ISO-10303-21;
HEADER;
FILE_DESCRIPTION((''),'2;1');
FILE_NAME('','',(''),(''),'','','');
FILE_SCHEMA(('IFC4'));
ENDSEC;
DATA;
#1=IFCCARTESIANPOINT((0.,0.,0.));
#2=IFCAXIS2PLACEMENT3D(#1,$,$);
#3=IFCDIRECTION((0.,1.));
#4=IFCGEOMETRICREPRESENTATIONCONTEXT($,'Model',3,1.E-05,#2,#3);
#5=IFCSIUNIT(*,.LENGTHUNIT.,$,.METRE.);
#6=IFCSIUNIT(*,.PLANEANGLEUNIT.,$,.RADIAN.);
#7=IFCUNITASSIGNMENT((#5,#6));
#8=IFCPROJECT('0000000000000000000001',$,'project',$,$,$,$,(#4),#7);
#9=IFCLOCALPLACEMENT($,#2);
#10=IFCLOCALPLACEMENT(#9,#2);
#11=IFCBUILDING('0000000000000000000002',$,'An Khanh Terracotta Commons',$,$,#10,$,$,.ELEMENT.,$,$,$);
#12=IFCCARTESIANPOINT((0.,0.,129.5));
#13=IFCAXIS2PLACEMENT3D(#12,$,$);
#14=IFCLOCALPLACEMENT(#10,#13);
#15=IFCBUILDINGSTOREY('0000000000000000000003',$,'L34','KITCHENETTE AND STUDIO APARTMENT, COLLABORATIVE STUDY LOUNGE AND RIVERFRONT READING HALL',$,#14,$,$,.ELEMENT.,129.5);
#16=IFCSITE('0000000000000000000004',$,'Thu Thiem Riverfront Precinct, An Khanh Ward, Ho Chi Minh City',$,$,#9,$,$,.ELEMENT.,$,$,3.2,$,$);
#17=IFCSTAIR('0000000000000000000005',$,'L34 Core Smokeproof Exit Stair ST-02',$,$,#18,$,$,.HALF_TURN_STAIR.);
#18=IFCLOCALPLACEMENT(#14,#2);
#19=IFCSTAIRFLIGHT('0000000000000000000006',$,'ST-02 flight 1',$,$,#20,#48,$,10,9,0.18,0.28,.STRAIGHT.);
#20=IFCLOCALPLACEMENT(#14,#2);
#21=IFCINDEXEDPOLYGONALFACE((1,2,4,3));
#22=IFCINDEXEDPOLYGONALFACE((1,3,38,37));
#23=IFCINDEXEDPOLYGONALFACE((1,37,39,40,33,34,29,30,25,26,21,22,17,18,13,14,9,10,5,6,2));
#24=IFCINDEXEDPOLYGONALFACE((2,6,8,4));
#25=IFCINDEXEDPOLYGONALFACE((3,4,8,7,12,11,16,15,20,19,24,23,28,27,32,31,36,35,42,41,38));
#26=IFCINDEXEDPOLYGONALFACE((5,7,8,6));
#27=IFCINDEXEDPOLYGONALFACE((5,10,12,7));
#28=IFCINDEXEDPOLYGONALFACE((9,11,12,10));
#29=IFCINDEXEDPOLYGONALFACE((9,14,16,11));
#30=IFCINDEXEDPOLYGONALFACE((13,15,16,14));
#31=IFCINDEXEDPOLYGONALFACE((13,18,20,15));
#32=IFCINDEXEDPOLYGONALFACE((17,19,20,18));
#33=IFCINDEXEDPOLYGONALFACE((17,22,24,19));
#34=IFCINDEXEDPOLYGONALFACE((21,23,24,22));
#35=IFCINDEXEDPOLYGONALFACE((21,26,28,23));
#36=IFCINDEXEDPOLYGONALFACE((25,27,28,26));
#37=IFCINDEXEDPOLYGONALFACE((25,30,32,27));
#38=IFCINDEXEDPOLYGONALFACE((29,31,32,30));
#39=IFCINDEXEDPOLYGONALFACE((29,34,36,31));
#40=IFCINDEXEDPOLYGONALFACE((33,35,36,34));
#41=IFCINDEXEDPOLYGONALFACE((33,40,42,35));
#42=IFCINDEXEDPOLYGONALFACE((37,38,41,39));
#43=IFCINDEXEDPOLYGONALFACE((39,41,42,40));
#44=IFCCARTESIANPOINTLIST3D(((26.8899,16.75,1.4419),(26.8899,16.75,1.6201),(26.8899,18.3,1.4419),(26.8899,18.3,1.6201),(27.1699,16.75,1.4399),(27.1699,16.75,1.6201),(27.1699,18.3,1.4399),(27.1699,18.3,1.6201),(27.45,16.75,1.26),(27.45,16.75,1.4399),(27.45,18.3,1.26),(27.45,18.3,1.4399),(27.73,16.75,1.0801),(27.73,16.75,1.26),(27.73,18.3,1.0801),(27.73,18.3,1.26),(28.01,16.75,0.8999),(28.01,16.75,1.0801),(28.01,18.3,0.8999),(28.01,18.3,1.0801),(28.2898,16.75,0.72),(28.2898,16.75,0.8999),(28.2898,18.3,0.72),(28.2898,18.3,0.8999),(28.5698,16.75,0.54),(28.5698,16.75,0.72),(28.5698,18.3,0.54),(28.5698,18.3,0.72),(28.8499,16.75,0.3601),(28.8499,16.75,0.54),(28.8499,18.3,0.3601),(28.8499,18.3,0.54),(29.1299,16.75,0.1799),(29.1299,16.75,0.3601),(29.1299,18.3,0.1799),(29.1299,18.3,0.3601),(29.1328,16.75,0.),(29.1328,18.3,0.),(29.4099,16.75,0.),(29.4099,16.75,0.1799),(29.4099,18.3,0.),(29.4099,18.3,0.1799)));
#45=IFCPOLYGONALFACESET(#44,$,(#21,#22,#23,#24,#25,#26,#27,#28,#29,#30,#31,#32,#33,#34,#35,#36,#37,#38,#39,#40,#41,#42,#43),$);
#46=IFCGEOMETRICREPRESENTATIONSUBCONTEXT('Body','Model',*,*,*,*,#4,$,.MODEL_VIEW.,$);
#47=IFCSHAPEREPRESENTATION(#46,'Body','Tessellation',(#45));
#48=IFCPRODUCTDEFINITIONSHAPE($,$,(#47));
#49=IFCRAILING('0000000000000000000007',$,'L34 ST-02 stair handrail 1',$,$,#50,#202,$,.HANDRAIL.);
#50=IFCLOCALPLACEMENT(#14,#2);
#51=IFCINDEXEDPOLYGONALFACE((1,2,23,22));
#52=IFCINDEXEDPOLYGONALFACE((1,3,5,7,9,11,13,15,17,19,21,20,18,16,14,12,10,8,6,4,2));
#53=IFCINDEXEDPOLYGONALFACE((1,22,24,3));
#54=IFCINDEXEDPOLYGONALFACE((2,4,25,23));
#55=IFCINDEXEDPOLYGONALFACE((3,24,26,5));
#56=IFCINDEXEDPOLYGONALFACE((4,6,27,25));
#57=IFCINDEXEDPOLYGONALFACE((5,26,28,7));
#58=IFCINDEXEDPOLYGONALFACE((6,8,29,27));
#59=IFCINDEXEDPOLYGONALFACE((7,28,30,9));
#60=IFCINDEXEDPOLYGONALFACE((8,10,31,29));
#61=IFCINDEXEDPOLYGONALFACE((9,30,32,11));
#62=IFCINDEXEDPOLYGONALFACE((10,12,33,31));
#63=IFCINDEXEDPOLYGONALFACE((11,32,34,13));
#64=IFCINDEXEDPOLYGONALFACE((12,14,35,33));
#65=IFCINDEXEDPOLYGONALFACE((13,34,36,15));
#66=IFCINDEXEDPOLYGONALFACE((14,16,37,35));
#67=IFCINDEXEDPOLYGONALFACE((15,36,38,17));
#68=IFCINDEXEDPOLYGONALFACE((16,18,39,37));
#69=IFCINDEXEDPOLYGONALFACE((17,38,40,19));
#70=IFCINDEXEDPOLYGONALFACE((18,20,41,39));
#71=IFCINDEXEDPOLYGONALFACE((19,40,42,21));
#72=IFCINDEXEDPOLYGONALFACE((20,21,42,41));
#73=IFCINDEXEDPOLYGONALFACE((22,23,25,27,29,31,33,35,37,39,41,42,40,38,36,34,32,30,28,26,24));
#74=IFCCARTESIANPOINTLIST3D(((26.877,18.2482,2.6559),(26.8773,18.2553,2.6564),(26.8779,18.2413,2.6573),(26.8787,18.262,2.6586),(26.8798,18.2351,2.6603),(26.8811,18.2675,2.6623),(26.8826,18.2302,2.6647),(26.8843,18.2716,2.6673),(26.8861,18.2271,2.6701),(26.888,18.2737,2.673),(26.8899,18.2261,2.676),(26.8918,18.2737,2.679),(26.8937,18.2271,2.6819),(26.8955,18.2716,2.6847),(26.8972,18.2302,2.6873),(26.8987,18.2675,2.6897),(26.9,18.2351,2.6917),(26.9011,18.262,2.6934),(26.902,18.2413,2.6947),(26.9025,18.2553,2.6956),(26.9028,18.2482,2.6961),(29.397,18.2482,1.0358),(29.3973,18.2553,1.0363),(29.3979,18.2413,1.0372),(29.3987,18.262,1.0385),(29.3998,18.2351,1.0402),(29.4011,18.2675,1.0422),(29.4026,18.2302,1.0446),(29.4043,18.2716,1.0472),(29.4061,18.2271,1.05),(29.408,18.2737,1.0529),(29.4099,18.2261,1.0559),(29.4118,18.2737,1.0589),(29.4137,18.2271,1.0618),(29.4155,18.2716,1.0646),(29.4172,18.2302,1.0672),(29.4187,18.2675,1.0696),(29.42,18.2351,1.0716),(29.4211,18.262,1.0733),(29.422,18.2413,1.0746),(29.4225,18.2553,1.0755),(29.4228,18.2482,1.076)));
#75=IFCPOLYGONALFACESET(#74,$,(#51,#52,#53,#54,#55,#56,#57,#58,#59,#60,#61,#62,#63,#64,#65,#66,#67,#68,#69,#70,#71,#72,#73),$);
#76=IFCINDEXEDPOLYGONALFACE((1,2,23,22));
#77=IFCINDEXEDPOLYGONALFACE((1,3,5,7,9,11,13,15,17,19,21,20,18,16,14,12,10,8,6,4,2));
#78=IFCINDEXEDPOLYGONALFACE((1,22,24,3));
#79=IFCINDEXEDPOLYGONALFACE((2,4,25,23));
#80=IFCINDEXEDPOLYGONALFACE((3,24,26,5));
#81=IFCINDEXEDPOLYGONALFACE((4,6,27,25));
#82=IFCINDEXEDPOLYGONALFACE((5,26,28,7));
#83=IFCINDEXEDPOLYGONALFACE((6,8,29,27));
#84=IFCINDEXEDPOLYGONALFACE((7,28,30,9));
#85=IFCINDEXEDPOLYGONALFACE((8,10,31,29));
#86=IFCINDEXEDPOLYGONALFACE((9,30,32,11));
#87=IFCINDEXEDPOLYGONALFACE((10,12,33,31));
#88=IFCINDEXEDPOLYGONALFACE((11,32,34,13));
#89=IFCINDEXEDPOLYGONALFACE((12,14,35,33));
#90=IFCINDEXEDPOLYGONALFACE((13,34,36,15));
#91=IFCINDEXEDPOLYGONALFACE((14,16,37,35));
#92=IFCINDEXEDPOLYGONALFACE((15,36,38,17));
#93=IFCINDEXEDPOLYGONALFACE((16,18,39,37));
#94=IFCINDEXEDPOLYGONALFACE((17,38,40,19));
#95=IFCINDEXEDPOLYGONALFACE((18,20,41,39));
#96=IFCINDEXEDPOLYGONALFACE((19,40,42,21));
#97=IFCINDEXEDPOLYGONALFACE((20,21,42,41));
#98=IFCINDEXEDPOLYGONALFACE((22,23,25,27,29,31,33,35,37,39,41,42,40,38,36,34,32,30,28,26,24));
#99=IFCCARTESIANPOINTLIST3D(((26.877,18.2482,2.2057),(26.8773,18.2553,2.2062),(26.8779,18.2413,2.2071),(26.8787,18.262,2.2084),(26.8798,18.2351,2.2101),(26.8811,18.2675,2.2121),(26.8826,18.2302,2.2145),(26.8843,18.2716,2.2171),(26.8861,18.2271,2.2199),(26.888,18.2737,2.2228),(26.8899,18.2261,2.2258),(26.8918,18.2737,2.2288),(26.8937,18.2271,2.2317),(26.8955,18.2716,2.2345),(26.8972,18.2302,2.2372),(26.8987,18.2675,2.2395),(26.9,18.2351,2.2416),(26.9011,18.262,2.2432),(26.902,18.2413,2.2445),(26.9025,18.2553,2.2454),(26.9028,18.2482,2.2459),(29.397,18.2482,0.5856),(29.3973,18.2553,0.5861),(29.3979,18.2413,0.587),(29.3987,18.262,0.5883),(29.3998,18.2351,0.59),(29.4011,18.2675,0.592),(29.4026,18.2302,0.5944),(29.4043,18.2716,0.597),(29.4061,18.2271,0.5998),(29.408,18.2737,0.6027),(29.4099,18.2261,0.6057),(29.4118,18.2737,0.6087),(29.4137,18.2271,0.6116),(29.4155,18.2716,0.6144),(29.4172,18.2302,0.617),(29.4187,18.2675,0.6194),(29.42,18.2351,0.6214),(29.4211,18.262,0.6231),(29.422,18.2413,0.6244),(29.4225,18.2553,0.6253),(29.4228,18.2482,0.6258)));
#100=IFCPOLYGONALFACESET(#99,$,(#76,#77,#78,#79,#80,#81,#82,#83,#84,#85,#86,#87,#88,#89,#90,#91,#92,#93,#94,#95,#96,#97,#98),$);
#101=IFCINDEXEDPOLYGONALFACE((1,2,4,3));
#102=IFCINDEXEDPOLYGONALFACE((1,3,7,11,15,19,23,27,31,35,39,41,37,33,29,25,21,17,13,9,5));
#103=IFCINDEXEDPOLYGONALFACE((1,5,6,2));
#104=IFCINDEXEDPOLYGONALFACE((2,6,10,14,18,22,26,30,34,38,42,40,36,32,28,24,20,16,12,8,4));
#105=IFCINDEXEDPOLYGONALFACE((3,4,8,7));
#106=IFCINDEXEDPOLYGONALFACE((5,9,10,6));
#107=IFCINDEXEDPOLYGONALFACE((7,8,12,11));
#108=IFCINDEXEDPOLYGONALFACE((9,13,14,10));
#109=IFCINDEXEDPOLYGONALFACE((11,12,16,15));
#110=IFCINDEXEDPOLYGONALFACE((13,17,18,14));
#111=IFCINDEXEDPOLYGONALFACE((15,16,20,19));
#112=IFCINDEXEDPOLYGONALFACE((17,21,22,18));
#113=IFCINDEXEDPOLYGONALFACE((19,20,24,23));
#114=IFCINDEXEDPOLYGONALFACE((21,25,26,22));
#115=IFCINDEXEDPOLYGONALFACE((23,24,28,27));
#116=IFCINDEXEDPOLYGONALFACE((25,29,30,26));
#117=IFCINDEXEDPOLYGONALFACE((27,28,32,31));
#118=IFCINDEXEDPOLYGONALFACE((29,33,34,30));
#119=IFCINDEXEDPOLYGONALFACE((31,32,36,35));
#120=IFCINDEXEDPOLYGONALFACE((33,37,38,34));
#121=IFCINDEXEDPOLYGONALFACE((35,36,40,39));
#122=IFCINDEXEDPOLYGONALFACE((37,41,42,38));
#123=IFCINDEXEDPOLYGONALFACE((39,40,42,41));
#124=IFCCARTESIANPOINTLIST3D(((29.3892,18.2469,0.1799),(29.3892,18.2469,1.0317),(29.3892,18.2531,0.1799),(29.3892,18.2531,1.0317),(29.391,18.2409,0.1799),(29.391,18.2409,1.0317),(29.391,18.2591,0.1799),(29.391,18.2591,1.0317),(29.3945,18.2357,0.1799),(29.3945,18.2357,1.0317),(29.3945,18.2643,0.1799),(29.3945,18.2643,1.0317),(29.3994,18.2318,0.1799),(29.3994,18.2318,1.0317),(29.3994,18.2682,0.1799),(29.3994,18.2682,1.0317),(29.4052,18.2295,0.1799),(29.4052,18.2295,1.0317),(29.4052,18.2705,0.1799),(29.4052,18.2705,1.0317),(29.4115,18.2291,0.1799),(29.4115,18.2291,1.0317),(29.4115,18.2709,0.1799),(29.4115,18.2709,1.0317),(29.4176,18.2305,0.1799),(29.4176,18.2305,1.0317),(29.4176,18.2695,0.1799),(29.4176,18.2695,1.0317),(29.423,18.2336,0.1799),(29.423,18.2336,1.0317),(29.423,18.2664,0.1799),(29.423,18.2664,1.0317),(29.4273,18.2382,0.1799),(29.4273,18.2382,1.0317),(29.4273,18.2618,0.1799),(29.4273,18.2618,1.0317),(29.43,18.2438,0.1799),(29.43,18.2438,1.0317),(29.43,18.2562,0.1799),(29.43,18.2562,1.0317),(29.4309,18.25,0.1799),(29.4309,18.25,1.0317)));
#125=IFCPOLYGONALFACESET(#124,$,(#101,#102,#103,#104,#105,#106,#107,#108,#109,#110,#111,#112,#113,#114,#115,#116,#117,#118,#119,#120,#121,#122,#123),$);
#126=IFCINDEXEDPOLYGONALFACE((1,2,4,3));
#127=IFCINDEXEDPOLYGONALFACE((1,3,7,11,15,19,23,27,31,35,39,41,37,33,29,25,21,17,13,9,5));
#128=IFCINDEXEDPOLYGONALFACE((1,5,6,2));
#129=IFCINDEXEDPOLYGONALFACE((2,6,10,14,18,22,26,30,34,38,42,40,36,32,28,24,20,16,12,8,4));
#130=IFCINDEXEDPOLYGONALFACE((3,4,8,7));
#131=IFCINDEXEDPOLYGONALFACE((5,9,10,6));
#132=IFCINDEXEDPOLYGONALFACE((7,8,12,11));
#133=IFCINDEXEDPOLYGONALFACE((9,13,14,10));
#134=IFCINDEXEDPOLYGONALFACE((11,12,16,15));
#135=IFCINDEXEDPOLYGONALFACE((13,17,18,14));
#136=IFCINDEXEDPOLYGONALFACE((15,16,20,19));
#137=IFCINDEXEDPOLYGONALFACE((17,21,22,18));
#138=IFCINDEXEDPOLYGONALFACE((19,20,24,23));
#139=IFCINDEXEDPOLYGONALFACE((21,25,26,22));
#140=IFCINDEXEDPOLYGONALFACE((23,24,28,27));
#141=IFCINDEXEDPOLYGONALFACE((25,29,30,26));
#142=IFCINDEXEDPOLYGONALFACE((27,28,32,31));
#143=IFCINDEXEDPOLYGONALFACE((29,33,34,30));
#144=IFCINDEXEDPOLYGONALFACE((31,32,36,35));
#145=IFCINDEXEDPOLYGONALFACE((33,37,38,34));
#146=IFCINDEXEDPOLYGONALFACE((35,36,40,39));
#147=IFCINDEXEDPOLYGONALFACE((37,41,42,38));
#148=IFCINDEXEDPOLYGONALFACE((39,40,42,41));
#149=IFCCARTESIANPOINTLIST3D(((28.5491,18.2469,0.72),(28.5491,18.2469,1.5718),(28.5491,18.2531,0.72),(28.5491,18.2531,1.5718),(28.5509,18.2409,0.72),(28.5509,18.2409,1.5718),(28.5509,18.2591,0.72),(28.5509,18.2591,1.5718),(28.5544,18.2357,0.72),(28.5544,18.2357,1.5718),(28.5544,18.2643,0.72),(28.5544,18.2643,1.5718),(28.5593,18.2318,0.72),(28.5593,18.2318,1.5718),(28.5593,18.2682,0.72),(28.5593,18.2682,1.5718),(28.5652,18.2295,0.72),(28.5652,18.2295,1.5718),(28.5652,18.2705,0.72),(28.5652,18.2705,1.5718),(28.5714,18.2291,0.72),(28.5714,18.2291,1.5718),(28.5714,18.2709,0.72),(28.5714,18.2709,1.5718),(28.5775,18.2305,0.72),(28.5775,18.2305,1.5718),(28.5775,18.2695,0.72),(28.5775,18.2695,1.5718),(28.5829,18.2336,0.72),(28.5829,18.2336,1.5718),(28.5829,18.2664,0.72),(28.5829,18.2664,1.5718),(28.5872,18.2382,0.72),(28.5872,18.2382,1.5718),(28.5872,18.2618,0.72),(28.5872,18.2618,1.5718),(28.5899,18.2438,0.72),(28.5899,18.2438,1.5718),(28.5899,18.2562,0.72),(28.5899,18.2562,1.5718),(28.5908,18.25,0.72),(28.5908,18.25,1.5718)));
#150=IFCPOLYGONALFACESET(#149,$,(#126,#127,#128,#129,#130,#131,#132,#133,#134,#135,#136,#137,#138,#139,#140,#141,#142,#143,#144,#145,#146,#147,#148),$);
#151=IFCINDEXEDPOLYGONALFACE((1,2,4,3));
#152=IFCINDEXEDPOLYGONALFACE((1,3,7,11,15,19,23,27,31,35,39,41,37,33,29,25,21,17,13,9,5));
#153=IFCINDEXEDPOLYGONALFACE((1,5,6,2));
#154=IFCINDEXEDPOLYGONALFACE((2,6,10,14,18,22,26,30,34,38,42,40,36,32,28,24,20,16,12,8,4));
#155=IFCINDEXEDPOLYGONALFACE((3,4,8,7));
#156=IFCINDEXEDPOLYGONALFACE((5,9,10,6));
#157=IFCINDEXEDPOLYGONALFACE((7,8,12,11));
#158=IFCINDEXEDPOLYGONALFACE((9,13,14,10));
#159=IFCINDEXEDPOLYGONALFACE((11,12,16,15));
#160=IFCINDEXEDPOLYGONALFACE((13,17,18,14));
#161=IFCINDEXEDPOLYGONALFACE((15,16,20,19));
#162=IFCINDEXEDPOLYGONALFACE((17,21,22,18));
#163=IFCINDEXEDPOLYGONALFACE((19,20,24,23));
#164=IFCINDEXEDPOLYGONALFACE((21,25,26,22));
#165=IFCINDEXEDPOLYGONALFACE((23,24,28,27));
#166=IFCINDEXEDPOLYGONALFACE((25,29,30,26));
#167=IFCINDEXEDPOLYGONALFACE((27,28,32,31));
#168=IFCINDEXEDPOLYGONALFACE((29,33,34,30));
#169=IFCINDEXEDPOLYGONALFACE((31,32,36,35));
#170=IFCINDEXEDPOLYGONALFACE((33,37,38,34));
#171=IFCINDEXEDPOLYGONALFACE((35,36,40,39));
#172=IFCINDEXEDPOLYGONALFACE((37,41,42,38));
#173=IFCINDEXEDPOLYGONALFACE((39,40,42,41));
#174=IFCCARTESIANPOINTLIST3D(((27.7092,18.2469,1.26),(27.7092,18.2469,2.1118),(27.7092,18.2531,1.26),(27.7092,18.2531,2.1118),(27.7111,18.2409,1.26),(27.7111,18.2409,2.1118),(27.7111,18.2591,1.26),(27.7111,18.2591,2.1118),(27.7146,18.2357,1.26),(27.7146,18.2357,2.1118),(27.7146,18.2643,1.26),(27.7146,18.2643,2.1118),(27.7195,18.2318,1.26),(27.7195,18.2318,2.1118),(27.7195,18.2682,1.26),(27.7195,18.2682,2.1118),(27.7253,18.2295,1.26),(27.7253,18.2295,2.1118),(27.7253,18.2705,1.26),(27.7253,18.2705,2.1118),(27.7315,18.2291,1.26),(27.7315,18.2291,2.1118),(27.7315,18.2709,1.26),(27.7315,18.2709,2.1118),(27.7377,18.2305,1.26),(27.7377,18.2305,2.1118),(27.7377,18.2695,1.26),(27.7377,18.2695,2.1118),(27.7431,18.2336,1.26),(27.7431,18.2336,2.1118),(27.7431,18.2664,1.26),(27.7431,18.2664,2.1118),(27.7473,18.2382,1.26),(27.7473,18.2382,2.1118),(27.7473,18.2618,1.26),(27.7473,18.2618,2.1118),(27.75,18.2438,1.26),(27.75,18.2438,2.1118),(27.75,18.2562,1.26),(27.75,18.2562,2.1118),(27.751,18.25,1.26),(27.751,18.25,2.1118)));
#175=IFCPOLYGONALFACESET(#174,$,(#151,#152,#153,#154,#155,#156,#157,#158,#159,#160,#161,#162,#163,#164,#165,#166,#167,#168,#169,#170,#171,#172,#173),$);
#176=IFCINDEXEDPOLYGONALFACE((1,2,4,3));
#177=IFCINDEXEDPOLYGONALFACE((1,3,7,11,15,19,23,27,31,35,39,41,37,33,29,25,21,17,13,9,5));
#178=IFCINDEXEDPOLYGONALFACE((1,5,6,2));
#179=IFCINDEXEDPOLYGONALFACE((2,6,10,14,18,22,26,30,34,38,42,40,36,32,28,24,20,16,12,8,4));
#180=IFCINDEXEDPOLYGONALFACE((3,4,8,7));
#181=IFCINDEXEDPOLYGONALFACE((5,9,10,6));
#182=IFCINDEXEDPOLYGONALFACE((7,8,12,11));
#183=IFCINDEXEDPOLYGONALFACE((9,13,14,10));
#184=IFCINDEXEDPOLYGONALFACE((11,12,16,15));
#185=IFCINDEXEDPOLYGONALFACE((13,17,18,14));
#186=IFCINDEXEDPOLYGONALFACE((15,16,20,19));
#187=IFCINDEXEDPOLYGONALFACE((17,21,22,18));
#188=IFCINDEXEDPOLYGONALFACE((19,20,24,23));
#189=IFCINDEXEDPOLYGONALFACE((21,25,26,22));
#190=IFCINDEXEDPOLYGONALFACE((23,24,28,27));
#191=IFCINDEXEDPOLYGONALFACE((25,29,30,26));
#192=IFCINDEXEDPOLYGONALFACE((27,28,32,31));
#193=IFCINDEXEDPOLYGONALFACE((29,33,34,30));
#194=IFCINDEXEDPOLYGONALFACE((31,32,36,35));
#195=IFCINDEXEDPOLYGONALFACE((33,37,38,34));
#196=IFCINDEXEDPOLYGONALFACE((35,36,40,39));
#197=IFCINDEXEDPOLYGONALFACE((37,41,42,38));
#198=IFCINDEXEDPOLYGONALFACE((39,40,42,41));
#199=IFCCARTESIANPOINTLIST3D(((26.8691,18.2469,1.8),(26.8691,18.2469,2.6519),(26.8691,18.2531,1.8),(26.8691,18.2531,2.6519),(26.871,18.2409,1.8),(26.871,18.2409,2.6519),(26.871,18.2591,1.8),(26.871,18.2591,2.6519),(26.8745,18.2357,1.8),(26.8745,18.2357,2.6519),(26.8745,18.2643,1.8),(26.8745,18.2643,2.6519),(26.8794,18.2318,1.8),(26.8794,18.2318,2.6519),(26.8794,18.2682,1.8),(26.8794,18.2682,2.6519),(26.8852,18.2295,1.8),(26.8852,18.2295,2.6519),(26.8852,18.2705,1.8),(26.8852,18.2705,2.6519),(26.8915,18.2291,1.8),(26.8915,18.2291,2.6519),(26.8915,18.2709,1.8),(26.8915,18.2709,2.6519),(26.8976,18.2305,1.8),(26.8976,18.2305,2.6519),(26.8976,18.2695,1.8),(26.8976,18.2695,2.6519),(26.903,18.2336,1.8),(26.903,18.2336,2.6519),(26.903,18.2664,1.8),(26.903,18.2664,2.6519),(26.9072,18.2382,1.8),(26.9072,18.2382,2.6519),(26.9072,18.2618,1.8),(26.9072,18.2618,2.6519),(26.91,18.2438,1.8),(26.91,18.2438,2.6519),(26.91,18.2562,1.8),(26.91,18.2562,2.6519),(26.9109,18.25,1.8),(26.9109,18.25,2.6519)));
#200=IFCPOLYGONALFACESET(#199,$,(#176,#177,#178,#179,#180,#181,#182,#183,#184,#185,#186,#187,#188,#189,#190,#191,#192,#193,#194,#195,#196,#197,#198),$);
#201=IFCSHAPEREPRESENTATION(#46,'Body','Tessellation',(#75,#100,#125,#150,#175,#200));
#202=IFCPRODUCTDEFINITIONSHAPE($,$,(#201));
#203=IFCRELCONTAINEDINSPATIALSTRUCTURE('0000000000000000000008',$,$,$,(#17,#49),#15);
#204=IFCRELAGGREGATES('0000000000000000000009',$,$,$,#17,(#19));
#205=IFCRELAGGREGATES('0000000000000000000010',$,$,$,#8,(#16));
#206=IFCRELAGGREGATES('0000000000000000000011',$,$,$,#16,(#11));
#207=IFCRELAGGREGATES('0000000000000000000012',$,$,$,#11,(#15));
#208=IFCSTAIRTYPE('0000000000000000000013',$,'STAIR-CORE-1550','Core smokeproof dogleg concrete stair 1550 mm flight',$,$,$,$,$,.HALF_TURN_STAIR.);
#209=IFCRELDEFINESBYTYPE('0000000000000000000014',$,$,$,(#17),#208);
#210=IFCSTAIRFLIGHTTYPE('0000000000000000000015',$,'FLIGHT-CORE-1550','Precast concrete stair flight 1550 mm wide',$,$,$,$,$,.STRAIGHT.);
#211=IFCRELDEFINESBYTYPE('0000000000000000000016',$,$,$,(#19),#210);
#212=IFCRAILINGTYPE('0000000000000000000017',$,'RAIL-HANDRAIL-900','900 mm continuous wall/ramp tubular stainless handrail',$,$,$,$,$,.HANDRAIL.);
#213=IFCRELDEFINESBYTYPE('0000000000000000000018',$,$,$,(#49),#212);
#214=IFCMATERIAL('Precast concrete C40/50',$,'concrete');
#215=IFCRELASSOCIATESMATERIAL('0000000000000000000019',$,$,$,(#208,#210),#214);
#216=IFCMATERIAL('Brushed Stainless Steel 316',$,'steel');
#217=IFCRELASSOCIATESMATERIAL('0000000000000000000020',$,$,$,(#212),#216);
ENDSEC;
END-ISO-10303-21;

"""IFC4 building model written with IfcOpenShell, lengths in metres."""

from ifc_helpers import new_model, si_unit, direction, frame, origin, origin_2d, place, context, subcontext, project, spatial, polyline, circle, outline, extrude, material, type_object, element, aggregate, save


model = new_model("IFC4")

# Units and contexts
model_context = context("Model", 3, precision=1e-05, world=origin(), true_north=direction((0.0, 1.0)))
body_context = subcontext(model_context, "Body", "Model", "MODEL_VIEW")
ifc_project = project(units=[si_unit("LENGTHUNIT", "METRE"), si_unit("PLANEANGLEUNIT", "RADIAN")], contexts=[model_context])

# Site, building, storey
site_placement = place(None, origin())
site = spatial("IfcSite", under=ifc_project, at=site_placement, Name="Thu Thiem Riverfront Precinct, An Khanh Ward, Ho Chi Minh City", CompositionType="ELEMENT", RefElevation=3.2)
building_placement = place(site_placement, origin())
building = spatial("IfcBuilding", under=site, at=building_placement, Name="An Khanh Terracotta Commons", CompositionType="ELEMENT")
storey_placement = place(building_placement, frame((0.0, 0.0, 129.5)))
storey = spatial("IfcBuildingStorey", under=building, at=storey_placement, Name="L34", Description="KITCHENETTE AND STUDIO APARTMENT, COLLABORATIVE STUDY LOUNGE AND RIVERFRONT READING HALL", CompositionType="ELEMENT", Elevation=129.5)

# Stair, stair flight
ifc_material_1 = material(Name="Precast concrete C40/50", Category="concrete")
stair_type = type_object("IfcStairType", Name="STAIR-CORE-1550", Description="Core smokeproof dogleg concrete stair 1550 mm flight", PredefinedType="HALF_TURN_STAIR", material=ifc_material_1)
stair_placement = place(storey_placement, origin())
stair = element("IfcStair", 1, at=stair_placement, inside=storey, type_object=stair_type, Name="L34 Core Smokeproof Exit Stair ST-02", PredefinedType="HALF_TURN_STAIR")
stair_flight_type = type_object("IfcStairFlightType", Name="FLIGHT-CORE-1550", Description="Precast concrete stair flight 1550 mm wide", PredefinedType="STRAIGHT", material=ifc_material_1)
stair_flight_placement = place(storey_placement, frame((29.4099, 17.5249, 0.0), z_axis=(0.0, 0.0, 1.0), x_axis=(-1.0, 0.0, 0.0)))
stair_flight = element("IfcStairFlight", 2, at=stair_flight_placement, type_object=stair_flight_type, Name="ST-02 flight 1", NumberOfRisers=10, NumberOfTreads=9, PredefinedType="STRAIGHT", RiserHeight=0.18, TreadLength=0.28, context=body_context, shape_type="SweptSolid", body=[
    extrude(outline(polyline([(0.0, 0.0), (0.0, 0.1799), (0.28, 0.1799), (0.28, 0.3601), (0.5601, 0.3601), (0.5601, 0.54), (0.8401, 0.54), (0.8401, 0.72), (1.1201, 0.72), (1.1201, 0.8999), (1.3999, 0.8999), (1.3999, 1.0801), (1.6799, 1.0801), (1.6799, 1.26), (1.96, 1.26), (1.96, 1.4399), (2.24, 1.4399), (2.24, 1.6201), (2.52, 1.6201), (2.52, 1.8), (2.52, 1.4419), (0.2771, 0.0), (0.0, 0.0)])), frame((0.0, 0.7749, 0.0), z_axis=(0.0, -1.0, 0.0), x_axis=(1.0, 0.0, 0.0)), (0.0, 0.0, 1.0), 1.55),
])
aggregate(stair, [stair_flight])

# Railing
ifc_material_2 = material(Name="Brushed Stainless Steel 316", Category="steel")
railing_type = type_object("IfcRailingType", Name="RAIL-HANDRAIL-900", Description="900 mm continuous wall/ramp tubular stainless handrail", PredefinedType="HANDRAIL", material=ifc_material_2)
railing_placement = place(storey_placement, frame((29.4099, 18.25, 0.1799)))
element("IfcRailing", 3, at=railing_placement, inside=storey, type_object=railing_type, Name="L34 ST-02 stair handrail 1", PredefinedType="HANDRAIL", context=body_context, shape_type="SweptSolid", body=[
    extrude(circle(Radius=0.0239, at=origin_2d()), frame((0.0, 0.0, 0.876), z_axis=(-0.841163, 0.0, 0.540782), x_axis=(0.0, -1.0, 0.0)), (0.0, 0.0, 1.0), 2.9958),
    extrude(circle(Radius=0.0239, at=origin_2d()), frame((0.0, 0.0, 0.4258), z_axis=(-0.841163, 0.0, 0.540782), x_axis=(0.0, -1.0, 0.0)), (0.0, 0.0, 1.0), 2.9958),
    extrude(circle(Radius=0.021, at=origin_2d()), origin(), (0.0, 0.0, 1.0), 0.8518),
    extrude(circle(Radius=0.021, at=origin_2d()), frame((-0.8401, 0.0, 0.54)), (0.0, 0.0, 1.0), 0.8518),
    extrude(circle(Radius=0.021, at=origin_2d()), frame((-1.6799, 0.0, 1.0801)), (0.0, 0.0, 1.0), 0.8518),
    extrude(circle(Radius=0.021, at=origin_2d()), frame((-2.52, 0.0, 1.6201)), (0.0, 0.0, 1.0), 0.8518),
])

save(model, "model.ifc")
